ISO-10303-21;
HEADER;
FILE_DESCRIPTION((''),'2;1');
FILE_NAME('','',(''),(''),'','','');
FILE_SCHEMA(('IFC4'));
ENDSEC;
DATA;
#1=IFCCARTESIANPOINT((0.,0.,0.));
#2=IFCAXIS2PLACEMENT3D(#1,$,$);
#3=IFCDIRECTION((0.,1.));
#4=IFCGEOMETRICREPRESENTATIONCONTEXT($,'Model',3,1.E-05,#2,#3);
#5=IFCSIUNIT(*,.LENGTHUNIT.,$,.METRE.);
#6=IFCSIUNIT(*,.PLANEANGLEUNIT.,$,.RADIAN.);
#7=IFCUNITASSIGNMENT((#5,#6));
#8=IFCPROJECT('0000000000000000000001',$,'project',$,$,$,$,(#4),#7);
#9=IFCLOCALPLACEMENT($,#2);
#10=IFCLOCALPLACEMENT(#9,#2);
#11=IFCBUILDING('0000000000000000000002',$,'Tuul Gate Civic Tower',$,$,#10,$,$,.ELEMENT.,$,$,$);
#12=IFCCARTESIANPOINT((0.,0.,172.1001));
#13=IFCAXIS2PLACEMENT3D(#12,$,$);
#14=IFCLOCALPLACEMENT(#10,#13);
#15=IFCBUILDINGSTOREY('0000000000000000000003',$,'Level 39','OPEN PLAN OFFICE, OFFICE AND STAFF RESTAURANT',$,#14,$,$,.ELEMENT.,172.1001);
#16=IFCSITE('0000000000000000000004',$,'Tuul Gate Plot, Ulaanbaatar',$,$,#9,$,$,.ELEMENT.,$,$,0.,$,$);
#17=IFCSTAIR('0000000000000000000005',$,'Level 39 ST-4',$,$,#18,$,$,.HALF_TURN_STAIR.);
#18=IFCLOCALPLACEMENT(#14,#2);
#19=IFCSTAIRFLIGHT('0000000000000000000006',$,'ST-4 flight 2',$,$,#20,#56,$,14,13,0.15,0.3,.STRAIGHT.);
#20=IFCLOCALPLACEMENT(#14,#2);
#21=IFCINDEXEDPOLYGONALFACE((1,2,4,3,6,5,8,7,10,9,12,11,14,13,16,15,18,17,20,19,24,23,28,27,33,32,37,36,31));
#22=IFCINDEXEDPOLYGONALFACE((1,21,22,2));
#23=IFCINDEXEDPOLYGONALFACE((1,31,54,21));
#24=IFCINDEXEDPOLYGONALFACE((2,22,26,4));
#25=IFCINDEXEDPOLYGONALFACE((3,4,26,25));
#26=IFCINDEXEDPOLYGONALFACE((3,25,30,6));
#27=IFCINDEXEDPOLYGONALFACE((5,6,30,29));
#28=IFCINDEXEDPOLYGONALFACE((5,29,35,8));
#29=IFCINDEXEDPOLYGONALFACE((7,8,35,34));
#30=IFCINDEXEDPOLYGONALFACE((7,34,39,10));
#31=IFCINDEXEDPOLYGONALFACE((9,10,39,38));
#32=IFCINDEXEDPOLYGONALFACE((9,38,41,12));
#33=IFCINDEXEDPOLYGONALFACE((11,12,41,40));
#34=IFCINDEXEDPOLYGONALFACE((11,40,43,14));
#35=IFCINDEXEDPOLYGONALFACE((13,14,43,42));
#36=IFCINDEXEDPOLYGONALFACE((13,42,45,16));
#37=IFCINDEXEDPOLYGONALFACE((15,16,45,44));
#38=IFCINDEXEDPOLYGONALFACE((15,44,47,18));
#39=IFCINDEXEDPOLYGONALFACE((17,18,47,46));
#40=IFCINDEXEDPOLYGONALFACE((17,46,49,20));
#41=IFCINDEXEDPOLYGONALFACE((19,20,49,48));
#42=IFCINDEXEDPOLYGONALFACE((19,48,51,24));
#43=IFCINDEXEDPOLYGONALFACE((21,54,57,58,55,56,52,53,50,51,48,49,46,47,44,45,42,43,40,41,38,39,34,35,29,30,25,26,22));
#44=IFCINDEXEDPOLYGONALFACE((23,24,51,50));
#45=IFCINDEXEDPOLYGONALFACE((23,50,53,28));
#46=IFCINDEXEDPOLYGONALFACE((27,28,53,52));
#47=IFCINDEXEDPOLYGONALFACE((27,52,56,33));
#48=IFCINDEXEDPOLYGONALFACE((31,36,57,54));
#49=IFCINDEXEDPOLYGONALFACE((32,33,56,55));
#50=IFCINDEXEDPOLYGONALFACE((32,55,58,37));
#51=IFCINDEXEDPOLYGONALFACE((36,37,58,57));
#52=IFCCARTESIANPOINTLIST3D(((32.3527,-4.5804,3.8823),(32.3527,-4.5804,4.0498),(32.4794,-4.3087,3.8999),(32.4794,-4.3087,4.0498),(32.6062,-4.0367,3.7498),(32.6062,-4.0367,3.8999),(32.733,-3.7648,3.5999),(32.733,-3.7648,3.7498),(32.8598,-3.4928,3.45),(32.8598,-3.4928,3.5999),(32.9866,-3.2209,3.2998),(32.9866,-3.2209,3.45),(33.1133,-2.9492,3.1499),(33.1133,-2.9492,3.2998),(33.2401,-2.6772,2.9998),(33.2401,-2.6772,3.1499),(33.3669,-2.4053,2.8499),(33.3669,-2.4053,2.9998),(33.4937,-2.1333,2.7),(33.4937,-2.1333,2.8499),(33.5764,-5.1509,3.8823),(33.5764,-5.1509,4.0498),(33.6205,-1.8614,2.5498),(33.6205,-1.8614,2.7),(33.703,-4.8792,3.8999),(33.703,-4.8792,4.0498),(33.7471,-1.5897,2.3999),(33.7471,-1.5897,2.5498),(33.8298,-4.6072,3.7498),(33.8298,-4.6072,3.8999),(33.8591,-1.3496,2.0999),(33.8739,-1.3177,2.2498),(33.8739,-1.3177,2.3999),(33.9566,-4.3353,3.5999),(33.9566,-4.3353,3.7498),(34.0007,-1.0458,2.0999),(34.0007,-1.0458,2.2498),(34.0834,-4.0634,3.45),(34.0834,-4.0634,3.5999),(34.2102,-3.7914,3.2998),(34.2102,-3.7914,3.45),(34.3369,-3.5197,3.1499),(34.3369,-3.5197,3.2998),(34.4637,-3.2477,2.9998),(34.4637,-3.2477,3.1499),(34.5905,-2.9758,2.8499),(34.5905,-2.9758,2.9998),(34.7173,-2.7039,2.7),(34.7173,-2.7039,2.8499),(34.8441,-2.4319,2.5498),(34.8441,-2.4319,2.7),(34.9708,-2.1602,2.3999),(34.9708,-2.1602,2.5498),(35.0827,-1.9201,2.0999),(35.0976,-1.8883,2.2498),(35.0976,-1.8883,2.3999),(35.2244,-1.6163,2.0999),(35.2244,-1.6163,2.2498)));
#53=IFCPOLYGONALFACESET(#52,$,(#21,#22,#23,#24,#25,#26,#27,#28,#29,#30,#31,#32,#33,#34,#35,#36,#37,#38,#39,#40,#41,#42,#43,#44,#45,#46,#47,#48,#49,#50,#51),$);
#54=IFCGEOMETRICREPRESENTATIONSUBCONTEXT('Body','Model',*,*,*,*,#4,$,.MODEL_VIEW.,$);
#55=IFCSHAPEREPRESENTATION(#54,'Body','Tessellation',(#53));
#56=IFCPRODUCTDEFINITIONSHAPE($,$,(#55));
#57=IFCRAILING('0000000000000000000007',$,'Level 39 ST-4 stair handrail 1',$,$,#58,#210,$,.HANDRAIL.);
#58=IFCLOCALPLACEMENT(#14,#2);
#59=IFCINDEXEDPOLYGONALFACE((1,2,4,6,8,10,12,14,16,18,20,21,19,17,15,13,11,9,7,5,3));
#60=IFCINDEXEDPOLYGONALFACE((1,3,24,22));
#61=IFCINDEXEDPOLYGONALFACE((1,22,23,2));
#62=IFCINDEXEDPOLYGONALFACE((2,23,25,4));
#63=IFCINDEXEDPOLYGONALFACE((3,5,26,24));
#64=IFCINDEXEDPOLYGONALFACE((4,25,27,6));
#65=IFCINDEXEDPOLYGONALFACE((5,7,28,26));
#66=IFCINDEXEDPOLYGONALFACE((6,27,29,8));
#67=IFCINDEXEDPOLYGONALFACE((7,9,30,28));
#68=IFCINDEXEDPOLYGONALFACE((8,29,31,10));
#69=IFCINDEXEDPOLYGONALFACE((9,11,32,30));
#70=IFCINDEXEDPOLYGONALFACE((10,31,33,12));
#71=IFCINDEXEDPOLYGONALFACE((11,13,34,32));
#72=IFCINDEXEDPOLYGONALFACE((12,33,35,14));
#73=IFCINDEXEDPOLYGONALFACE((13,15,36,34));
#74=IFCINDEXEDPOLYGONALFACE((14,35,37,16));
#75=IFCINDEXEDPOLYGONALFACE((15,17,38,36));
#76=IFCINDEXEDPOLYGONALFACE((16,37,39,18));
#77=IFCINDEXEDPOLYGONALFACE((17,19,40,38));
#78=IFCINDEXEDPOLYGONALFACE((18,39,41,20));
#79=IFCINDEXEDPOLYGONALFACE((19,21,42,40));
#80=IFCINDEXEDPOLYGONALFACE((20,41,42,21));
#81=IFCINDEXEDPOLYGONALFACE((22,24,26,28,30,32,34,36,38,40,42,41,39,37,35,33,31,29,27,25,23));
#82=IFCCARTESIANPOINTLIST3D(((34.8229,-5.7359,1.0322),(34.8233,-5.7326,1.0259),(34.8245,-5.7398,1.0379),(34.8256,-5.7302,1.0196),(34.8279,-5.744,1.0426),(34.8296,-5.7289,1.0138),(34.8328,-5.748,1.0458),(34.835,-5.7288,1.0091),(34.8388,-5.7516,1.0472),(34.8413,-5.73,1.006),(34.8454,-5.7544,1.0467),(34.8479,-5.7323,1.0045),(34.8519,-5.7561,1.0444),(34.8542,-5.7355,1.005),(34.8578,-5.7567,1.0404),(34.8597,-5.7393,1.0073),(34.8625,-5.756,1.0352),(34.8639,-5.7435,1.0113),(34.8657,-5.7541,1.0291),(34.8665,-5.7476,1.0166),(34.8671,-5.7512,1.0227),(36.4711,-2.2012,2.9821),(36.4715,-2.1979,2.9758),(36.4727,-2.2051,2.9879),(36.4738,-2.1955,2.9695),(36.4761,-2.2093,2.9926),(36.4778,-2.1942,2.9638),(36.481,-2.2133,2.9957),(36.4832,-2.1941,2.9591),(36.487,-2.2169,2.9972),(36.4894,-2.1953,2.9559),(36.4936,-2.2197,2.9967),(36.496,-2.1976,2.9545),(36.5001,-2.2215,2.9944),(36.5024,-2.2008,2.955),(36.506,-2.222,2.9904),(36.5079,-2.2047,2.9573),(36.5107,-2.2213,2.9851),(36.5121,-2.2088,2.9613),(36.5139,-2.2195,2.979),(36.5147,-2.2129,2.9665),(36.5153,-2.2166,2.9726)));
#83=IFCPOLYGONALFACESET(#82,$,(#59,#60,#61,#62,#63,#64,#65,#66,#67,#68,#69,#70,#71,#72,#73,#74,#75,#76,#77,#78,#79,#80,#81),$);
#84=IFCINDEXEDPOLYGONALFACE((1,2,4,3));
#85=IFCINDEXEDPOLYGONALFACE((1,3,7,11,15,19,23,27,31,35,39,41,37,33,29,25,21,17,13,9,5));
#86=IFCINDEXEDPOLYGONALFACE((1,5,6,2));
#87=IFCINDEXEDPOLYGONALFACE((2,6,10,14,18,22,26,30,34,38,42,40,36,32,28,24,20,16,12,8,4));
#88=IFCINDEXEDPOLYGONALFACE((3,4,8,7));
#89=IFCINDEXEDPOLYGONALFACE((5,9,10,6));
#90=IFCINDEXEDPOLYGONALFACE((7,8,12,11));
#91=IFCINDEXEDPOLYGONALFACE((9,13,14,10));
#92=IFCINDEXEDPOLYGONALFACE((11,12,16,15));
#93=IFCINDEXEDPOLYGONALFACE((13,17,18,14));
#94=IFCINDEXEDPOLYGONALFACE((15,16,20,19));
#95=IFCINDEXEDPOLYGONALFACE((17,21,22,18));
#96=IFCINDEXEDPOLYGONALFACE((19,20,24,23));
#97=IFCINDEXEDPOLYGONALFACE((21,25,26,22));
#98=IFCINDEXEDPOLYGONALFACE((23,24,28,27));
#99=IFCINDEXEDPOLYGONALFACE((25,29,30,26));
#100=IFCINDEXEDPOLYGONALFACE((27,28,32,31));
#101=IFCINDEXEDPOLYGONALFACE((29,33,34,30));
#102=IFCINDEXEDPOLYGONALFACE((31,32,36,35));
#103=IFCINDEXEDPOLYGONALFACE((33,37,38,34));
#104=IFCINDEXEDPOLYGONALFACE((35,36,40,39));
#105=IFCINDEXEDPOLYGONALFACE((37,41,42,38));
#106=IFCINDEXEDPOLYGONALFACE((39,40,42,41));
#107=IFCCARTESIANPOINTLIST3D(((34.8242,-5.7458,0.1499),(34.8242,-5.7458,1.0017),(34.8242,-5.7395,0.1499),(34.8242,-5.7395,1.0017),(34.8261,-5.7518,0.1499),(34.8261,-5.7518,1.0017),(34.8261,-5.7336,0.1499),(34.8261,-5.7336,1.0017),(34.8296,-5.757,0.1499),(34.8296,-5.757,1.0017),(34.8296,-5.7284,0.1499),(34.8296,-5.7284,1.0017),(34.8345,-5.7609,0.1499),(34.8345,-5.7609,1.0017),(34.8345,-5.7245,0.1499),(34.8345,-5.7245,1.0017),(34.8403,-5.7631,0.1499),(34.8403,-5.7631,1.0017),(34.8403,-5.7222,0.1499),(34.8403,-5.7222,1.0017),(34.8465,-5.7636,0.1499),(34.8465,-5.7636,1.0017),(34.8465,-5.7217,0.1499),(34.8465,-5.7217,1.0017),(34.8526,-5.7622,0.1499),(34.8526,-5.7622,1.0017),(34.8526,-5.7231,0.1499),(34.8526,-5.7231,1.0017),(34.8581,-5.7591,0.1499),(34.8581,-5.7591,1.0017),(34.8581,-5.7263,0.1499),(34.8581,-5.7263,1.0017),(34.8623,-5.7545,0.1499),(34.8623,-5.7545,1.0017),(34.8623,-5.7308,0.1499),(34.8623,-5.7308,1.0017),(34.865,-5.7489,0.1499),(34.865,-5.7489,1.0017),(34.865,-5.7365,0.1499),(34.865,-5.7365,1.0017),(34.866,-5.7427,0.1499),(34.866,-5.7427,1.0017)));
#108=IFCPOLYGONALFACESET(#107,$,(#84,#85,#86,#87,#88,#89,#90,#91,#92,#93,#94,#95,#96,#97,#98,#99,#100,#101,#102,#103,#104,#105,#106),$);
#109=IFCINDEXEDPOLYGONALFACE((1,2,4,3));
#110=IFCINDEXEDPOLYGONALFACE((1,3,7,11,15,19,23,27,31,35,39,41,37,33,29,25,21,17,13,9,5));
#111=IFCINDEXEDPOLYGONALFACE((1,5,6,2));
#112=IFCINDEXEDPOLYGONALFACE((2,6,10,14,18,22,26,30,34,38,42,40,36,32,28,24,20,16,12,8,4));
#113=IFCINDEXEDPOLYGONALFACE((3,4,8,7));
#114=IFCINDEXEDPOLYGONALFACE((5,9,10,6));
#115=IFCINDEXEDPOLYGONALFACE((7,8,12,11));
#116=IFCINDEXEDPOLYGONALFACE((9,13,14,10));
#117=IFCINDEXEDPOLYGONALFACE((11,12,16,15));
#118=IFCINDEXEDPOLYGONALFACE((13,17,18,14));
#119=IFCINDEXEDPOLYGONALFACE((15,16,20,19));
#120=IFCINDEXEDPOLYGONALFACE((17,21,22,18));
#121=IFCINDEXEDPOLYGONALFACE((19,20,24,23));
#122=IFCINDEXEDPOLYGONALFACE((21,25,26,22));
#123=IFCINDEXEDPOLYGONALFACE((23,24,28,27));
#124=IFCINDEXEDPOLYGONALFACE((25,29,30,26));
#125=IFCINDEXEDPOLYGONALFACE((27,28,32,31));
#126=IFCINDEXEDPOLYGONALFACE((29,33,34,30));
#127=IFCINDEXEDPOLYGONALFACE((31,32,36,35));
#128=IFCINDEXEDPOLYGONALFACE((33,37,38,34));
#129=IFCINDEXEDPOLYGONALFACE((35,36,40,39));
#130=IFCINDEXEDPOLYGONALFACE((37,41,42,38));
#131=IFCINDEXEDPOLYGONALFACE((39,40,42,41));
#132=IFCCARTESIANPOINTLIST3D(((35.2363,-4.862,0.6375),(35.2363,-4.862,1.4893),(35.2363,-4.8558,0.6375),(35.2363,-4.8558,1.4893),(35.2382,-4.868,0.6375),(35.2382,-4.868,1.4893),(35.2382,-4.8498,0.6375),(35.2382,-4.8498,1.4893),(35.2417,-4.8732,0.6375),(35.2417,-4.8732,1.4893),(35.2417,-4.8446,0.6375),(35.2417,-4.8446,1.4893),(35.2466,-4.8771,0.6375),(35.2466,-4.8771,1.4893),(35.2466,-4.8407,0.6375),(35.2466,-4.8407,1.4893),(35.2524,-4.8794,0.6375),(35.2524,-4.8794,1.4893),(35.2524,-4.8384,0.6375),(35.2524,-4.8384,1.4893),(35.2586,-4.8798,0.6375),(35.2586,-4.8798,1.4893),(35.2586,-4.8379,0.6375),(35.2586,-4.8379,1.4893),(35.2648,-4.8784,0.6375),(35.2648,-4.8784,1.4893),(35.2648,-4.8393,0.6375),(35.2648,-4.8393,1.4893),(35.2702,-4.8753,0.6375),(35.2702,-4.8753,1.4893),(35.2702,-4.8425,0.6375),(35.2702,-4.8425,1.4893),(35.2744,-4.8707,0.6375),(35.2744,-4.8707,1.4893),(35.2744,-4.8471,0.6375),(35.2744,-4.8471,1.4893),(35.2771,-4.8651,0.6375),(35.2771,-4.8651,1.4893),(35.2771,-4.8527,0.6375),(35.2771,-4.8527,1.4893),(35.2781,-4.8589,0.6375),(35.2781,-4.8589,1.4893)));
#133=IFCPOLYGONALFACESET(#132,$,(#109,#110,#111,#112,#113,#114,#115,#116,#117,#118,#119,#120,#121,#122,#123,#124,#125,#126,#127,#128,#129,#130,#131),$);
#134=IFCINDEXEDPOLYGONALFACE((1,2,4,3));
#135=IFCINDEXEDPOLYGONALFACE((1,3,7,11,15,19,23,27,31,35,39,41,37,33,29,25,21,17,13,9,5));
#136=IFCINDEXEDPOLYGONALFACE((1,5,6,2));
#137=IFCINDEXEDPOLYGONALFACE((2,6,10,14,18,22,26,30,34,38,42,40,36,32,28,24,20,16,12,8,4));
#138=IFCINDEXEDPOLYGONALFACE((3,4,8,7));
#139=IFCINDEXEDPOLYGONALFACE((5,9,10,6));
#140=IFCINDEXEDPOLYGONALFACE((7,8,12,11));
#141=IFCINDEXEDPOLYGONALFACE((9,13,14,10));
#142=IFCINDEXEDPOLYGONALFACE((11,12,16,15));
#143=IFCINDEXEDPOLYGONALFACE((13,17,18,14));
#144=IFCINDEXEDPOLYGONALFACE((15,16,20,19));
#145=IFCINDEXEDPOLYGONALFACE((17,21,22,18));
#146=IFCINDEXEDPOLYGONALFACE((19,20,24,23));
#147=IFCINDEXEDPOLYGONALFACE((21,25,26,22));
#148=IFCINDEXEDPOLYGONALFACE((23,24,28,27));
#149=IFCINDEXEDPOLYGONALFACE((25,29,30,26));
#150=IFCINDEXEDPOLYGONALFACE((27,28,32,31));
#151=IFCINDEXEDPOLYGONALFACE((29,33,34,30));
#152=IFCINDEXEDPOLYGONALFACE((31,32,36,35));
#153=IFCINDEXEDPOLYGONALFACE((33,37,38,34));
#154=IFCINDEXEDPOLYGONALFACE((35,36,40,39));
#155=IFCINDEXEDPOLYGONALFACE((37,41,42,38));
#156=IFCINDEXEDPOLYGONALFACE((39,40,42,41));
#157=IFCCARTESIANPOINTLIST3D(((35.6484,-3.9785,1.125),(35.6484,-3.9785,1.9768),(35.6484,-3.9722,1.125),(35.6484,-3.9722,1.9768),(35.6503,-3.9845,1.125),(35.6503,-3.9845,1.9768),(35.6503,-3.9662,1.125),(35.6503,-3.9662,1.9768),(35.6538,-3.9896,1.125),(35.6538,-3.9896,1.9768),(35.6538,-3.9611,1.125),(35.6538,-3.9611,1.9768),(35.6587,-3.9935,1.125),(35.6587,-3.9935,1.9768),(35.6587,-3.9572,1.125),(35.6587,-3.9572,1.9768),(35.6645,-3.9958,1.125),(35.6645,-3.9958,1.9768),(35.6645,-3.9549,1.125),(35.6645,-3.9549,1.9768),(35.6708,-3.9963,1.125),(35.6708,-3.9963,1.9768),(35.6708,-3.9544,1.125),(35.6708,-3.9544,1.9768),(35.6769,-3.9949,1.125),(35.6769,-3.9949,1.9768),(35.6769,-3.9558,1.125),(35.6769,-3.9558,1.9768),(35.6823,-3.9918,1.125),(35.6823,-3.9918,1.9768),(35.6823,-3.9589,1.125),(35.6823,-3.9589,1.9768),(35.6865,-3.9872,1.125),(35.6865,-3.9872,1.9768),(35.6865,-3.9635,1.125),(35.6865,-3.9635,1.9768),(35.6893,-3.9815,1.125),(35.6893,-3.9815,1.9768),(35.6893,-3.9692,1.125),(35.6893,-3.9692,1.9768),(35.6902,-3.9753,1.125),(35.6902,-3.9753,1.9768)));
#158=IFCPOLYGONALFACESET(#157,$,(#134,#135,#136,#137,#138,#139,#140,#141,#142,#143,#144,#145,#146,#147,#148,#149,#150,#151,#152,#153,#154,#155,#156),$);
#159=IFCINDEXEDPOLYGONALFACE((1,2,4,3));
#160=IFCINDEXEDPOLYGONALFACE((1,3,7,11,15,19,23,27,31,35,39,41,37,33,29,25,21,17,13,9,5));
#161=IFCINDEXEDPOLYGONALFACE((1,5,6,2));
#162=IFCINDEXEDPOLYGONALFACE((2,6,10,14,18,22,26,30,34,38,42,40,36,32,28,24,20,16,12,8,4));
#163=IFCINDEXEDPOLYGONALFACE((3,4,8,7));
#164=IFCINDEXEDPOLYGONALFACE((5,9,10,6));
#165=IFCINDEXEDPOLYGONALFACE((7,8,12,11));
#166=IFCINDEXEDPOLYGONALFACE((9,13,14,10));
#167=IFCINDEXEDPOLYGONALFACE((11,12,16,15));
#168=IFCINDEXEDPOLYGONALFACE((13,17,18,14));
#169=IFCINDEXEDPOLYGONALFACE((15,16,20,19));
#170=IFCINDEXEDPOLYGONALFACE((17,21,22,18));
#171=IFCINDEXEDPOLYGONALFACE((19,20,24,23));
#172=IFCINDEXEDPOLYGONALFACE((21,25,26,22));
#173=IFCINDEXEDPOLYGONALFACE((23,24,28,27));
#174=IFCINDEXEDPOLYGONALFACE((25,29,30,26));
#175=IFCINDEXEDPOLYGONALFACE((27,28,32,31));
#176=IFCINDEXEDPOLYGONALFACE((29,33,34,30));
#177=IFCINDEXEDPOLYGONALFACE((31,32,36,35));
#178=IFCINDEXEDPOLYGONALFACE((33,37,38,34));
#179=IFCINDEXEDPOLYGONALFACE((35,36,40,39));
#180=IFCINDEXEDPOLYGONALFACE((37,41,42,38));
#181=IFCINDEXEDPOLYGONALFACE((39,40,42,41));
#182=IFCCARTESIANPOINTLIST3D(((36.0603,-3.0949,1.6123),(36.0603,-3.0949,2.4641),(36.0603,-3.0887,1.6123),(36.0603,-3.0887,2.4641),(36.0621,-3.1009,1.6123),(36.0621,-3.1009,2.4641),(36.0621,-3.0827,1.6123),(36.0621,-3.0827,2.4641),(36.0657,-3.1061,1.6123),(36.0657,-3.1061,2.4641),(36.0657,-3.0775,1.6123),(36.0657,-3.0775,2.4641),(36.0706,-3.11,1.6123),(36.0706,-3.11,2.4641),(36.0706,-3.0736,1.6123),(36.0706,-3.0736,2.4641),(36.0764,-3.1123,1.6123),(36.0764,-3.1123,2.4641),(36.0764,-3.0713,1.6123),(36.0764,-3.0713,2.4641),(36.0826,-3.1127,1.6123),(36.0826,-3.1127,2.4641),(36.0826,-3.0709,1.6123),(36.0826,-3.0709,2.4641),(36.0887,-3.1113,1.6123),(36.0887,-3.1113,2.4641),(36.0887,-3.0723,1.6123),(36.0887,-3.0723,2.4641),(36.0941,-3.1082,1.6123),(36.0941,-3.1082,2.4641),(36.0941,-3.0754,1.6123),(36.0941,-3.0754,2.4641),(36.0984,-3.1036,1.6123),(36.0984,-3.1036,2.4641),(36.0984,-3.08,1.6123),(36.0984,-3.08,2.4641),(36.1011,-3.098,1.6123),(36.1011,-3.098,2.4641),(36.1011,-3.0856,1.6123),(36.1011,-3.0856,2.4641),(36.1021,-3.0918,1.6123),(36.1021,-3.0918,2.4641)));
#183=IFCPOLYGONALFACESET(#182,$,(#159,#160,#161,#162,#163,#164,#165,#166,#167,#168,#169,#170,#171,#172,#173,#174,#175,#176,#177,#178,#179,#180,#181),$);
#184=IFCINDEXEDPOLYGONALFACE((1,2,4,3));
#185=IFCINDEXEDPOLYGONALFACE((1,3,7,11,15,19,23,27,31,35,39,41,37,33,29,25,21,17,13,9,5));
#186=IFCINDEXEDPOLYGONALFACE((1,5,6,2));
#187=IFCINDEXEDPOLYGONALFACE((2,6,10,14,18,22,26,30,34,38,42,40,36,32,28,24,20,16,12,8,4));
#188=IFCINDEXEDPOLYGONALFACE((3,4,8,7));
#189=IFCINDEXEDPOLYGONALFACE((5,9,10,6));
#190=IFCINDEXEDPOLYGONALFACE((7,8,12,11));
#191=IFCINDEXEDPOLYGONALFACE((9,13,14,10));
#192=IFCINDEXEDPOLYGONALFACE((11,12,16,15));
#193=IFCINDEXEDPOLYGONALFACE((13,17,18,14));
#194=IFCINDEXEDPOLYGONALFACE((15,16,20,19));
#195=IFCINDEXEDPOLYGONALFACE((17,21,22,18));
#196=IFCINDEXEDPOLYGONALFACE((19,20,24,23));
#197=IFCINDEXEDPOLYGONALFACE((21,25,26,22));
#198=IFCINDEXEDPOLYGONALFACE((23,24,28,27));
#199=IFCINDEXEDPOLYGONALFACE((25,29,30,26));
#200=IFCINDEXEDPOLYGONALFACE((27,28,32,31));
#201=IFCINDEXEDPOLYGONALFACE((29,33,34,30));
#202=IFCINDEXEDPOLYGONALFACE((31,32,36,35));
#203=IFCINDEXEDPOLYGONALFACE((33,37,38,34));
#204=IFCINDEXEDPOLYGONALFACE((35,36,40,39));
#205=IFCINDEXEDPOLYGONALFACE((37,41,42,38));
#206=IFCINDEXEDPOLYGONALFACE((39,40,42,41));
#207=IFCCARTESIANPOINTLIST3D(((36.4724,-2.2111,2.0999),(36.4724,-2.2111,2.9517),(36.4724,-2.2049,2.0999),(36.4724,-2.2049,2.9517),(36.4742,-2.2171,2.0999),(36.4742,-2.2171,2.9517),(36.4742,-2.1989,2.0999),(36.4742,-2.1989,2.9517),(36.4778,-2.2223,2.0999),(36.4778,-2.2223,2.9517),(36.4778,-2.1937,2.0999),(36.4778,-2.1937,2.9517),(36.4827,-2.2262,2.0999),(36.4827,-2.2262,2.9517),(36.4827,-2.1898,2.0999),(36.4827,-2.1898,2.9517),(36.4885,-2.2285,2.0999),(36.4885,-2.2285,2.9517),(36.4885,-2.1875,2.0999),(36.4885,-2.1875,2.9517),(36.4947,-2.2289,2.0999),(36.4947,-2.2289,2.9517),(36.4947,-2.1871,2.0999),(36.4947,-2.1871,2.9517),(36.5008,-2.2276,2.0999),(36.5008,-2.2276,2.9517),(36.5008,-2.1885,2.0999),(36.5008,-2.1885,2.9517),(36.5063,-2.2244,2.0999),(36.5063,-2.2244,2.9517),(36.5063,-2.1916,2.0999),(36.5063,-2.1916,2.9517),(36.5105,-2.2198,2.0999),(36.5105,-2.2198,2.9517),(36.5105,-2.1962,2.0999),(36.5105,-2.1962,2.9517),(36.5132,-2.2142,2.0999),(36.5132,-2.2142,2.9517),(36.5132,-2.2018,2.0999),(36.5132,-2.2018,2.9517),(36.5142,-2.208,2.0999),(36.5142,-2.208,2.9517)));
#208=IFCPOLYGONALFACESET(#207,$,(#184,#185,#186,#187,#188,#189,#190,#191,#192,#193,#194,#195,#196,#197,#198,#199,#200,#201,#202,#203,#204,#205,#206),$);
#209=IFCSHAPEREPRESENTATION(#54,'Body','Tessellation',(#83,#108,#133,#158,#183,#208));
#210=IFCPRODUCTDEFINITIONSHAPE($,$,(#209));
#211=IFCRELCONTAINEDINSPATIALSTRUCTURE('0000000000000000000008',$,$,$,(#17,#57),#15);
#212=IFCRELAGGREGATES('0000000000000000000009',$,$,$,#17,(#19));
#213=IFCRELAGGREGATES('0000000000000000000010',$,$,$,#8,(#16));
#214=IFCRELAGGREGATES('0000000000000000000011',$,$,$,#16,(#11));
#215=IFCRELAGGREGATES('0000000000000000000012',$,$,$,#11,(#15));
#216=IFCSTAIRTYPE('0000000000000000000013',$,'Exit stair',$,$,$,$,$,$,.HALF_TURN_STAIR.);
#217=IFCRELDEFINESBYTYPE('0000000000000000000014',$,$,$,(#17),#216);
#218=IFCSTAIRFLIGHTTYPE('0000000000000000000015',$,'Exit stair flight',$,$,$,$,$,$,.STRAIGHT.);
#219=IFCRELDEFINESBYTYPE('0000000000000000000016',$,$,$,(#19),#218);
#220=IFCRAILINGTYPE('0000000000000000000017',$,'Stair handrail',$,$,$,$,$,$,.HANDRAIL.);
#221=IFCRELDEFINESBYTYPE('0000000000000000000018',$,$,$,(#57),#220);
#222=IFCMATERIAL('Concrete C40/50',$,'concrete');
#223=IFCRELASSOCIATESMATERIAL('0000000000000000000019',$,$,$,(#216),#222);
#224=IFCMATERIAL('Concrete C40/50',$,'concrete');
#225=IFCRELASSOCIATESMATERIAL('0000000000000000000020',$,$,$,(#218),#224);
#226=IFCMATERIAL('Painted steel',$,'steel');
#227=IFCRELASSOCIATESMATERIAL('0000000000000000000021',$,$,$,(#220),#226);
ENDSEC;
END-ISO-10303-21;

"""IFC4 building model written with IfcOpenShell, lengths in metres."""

from ifc_helpers import new_model, si_unit, direction, frame, origin, origin_2d, place, context, subcontext, project, spatial, polyline, circle, outline, extrude, material, type_object, element, aggregate, save


model = new_model("IFC4")

# Units and contexts
model_context = context("Model", 3, precision=1e-05, world=origin(), true_north=direction((0.0, 1.0)))
body_context = subcontext(model_context, "Body", "Model", "MODEL_VIEW")
ifc_project = project(units=[si_unit("LENGTHUNIT", "METRE"), si_unit("PLANEANGLEUNIT", "RADIAN")], contexts=[model_context])

# Site, building, storey
site_placement = place(None, origin())
site = spatial("IfcSite", under=ifc_project, at=site_placement, Name="Tuul Gate Plot, Ulaanbaatar", CompositionType="ELEMENT", RefElevation=0.0)
building_placement = place(site_placement, origin())
building = spatial("IfcBuilding", under=site, at=building_placement, Name="Tuul Gate Civic Tower", CompositionType="ELEMENT")
storey_placement = place(building_placement, frame((0.0, 0.0, 172.1001)))
storey = spatial("IfcBuildingStorey", under=building, at=storey_placement, Name="Level 39", Description="OPEN PLAN OFFICE, OFFICE AND STAFF RESTAURANT", CompositionType="ELEMENT", Elevation=172.1001)

# Stair, stair flight
ifc_material_1 = material(Name="Concrete C40/50", Category="concrete")
stair_type = type_object("IfcStairType", Name="Exit stair", PredefinedType="HALF_TURN_STAIR", material=ifc_material_1)
stair_placement = place(storey_placement, origin())
stair = element("IfcStair", 1, at=stair_placement, inside=storey, type_object=stair_type, Name="Level 39 ST-4", PredefinedType="HALF_TURN_STAIR")
ifc_material_2 = material(Name="Concrete C40/50", Category="concrete")
stair_flight_type = type_object("IfcStairFlightType", Name="Exit stair flight", PredefinedType="STRAIGHT", material=ifc_material_2)
stair_flight_1_placement = place(storey_placement, frame((34.6125, -1.3311, 2.0999), z_axis=(0.0, 0.0, 1.0), x_axis=(-0.422576, -0.906327, 0.0)))
stair_flight_1 = element("IfcStairFlight", 2, at=stair_flight_1_placement, type_object=stair_flight_type, Name="ST-4 flight 2", NumberOfRisers=14, NumberOfTreads=13, PredefinedType="STRAIGHT", RiserHeight=0.15, TreadLength=0.3, context=body_context, shape_type="SweptSolid", body=[
    extrude(outline(polyline([(0.0, 0.0), (0.0, 0.1499), (0.3, 0.1499), (0.3, 0.3), (0.6001, 0.3), (0.6001, 0.45), (0.8999, 0.45), (0.8999, 0.6001), (1.2, 0.6001), (1.2, 0.75), (1.5, 0.75), (1.5, 0.8999), (1.8, 0.8999), (1.8, 1.05), (2.1001, 1.05), (2.1001, 1.2), (2.3999, 1.2), (2.3999, 1.3501), (2.7, 1.3501), (2.7, 1.5), (3.0, 1.5), (3.0, 1.6499), (3.3, 1.6499), (3.3, 1.8), (3.6001, 1.8), (3.6001, 1.95), (3.8999, 1.95), (3.8999, 2.1001), (3.8999, 1.7825), (0.3352, 0.0), (0.0, 0.0)])), frame((0.0, 0.675, 0.0), z_axis=(0.0, -1.0, 0.0), x_axis=(1.0, 0.0, 0.0)), (0.0, 0.0, 1.0), 1.3501),
])
aggregate(stair, [stair_flight_1])

# Railing
ifc_material_3 = material(Name="Painted steel", Category="steel")
railing_type_1 = type_object("IfcRailingType", Name="Stair handrail", PredefinedType="HANDRAIL", material=ifc_material_3)
railing_1_placement = place(storey_placement, frame((34.845, -5.7427, 0.1499)))
element("IfcRailing", 3, at=railing_1_placement, inside=storey, type_object=railing_type_1, Name="Level 39 ST-4 stair handrail 1", PredefinedType="HANDRAIL", context=body_context, shape_type="SweptSolid", body=[
    extrude(circle(Radius=0.0239, at=origin_2d()), frame((0.0, 0.0, 0.876), z_axis=(0.377995, 0.810637, 0.4472), x_axis=(-0.906313, 0.422608, 0.0)), (0.0, 0.0, 1.0), 4.3604),
    extrude(circle(Radius=0.021, at=origin_2d()), origin(), (0.0, 0.0, 1.0), 0.8518),
    extrude(circle(Radius=0.021, at=origin_2d()), frame((0.4121, 0.8838, 0.4875)), (0.0, 0.0, 1.0), 0.8518),
    extrude(circle(Radius=0.021, at=origin_2d()), frame((0.8242, 1.7673, 0.9751)), (0.0, 0.0, 1.0), 0.8518),
    extrude(circle(Radius=0.021, at=origin_2d()), frame((1.2361, 2.6509, 1.4624)), (0.0, 0.0, 1.0), 0.8518),
    extrude(circle(Radius=0.021, at=origin_2d()), frame((1.6482, 3.5347, 1.95)), (0.0, 0.0, 1.0), 0.8518),
])

save(model, "model.ifc")
